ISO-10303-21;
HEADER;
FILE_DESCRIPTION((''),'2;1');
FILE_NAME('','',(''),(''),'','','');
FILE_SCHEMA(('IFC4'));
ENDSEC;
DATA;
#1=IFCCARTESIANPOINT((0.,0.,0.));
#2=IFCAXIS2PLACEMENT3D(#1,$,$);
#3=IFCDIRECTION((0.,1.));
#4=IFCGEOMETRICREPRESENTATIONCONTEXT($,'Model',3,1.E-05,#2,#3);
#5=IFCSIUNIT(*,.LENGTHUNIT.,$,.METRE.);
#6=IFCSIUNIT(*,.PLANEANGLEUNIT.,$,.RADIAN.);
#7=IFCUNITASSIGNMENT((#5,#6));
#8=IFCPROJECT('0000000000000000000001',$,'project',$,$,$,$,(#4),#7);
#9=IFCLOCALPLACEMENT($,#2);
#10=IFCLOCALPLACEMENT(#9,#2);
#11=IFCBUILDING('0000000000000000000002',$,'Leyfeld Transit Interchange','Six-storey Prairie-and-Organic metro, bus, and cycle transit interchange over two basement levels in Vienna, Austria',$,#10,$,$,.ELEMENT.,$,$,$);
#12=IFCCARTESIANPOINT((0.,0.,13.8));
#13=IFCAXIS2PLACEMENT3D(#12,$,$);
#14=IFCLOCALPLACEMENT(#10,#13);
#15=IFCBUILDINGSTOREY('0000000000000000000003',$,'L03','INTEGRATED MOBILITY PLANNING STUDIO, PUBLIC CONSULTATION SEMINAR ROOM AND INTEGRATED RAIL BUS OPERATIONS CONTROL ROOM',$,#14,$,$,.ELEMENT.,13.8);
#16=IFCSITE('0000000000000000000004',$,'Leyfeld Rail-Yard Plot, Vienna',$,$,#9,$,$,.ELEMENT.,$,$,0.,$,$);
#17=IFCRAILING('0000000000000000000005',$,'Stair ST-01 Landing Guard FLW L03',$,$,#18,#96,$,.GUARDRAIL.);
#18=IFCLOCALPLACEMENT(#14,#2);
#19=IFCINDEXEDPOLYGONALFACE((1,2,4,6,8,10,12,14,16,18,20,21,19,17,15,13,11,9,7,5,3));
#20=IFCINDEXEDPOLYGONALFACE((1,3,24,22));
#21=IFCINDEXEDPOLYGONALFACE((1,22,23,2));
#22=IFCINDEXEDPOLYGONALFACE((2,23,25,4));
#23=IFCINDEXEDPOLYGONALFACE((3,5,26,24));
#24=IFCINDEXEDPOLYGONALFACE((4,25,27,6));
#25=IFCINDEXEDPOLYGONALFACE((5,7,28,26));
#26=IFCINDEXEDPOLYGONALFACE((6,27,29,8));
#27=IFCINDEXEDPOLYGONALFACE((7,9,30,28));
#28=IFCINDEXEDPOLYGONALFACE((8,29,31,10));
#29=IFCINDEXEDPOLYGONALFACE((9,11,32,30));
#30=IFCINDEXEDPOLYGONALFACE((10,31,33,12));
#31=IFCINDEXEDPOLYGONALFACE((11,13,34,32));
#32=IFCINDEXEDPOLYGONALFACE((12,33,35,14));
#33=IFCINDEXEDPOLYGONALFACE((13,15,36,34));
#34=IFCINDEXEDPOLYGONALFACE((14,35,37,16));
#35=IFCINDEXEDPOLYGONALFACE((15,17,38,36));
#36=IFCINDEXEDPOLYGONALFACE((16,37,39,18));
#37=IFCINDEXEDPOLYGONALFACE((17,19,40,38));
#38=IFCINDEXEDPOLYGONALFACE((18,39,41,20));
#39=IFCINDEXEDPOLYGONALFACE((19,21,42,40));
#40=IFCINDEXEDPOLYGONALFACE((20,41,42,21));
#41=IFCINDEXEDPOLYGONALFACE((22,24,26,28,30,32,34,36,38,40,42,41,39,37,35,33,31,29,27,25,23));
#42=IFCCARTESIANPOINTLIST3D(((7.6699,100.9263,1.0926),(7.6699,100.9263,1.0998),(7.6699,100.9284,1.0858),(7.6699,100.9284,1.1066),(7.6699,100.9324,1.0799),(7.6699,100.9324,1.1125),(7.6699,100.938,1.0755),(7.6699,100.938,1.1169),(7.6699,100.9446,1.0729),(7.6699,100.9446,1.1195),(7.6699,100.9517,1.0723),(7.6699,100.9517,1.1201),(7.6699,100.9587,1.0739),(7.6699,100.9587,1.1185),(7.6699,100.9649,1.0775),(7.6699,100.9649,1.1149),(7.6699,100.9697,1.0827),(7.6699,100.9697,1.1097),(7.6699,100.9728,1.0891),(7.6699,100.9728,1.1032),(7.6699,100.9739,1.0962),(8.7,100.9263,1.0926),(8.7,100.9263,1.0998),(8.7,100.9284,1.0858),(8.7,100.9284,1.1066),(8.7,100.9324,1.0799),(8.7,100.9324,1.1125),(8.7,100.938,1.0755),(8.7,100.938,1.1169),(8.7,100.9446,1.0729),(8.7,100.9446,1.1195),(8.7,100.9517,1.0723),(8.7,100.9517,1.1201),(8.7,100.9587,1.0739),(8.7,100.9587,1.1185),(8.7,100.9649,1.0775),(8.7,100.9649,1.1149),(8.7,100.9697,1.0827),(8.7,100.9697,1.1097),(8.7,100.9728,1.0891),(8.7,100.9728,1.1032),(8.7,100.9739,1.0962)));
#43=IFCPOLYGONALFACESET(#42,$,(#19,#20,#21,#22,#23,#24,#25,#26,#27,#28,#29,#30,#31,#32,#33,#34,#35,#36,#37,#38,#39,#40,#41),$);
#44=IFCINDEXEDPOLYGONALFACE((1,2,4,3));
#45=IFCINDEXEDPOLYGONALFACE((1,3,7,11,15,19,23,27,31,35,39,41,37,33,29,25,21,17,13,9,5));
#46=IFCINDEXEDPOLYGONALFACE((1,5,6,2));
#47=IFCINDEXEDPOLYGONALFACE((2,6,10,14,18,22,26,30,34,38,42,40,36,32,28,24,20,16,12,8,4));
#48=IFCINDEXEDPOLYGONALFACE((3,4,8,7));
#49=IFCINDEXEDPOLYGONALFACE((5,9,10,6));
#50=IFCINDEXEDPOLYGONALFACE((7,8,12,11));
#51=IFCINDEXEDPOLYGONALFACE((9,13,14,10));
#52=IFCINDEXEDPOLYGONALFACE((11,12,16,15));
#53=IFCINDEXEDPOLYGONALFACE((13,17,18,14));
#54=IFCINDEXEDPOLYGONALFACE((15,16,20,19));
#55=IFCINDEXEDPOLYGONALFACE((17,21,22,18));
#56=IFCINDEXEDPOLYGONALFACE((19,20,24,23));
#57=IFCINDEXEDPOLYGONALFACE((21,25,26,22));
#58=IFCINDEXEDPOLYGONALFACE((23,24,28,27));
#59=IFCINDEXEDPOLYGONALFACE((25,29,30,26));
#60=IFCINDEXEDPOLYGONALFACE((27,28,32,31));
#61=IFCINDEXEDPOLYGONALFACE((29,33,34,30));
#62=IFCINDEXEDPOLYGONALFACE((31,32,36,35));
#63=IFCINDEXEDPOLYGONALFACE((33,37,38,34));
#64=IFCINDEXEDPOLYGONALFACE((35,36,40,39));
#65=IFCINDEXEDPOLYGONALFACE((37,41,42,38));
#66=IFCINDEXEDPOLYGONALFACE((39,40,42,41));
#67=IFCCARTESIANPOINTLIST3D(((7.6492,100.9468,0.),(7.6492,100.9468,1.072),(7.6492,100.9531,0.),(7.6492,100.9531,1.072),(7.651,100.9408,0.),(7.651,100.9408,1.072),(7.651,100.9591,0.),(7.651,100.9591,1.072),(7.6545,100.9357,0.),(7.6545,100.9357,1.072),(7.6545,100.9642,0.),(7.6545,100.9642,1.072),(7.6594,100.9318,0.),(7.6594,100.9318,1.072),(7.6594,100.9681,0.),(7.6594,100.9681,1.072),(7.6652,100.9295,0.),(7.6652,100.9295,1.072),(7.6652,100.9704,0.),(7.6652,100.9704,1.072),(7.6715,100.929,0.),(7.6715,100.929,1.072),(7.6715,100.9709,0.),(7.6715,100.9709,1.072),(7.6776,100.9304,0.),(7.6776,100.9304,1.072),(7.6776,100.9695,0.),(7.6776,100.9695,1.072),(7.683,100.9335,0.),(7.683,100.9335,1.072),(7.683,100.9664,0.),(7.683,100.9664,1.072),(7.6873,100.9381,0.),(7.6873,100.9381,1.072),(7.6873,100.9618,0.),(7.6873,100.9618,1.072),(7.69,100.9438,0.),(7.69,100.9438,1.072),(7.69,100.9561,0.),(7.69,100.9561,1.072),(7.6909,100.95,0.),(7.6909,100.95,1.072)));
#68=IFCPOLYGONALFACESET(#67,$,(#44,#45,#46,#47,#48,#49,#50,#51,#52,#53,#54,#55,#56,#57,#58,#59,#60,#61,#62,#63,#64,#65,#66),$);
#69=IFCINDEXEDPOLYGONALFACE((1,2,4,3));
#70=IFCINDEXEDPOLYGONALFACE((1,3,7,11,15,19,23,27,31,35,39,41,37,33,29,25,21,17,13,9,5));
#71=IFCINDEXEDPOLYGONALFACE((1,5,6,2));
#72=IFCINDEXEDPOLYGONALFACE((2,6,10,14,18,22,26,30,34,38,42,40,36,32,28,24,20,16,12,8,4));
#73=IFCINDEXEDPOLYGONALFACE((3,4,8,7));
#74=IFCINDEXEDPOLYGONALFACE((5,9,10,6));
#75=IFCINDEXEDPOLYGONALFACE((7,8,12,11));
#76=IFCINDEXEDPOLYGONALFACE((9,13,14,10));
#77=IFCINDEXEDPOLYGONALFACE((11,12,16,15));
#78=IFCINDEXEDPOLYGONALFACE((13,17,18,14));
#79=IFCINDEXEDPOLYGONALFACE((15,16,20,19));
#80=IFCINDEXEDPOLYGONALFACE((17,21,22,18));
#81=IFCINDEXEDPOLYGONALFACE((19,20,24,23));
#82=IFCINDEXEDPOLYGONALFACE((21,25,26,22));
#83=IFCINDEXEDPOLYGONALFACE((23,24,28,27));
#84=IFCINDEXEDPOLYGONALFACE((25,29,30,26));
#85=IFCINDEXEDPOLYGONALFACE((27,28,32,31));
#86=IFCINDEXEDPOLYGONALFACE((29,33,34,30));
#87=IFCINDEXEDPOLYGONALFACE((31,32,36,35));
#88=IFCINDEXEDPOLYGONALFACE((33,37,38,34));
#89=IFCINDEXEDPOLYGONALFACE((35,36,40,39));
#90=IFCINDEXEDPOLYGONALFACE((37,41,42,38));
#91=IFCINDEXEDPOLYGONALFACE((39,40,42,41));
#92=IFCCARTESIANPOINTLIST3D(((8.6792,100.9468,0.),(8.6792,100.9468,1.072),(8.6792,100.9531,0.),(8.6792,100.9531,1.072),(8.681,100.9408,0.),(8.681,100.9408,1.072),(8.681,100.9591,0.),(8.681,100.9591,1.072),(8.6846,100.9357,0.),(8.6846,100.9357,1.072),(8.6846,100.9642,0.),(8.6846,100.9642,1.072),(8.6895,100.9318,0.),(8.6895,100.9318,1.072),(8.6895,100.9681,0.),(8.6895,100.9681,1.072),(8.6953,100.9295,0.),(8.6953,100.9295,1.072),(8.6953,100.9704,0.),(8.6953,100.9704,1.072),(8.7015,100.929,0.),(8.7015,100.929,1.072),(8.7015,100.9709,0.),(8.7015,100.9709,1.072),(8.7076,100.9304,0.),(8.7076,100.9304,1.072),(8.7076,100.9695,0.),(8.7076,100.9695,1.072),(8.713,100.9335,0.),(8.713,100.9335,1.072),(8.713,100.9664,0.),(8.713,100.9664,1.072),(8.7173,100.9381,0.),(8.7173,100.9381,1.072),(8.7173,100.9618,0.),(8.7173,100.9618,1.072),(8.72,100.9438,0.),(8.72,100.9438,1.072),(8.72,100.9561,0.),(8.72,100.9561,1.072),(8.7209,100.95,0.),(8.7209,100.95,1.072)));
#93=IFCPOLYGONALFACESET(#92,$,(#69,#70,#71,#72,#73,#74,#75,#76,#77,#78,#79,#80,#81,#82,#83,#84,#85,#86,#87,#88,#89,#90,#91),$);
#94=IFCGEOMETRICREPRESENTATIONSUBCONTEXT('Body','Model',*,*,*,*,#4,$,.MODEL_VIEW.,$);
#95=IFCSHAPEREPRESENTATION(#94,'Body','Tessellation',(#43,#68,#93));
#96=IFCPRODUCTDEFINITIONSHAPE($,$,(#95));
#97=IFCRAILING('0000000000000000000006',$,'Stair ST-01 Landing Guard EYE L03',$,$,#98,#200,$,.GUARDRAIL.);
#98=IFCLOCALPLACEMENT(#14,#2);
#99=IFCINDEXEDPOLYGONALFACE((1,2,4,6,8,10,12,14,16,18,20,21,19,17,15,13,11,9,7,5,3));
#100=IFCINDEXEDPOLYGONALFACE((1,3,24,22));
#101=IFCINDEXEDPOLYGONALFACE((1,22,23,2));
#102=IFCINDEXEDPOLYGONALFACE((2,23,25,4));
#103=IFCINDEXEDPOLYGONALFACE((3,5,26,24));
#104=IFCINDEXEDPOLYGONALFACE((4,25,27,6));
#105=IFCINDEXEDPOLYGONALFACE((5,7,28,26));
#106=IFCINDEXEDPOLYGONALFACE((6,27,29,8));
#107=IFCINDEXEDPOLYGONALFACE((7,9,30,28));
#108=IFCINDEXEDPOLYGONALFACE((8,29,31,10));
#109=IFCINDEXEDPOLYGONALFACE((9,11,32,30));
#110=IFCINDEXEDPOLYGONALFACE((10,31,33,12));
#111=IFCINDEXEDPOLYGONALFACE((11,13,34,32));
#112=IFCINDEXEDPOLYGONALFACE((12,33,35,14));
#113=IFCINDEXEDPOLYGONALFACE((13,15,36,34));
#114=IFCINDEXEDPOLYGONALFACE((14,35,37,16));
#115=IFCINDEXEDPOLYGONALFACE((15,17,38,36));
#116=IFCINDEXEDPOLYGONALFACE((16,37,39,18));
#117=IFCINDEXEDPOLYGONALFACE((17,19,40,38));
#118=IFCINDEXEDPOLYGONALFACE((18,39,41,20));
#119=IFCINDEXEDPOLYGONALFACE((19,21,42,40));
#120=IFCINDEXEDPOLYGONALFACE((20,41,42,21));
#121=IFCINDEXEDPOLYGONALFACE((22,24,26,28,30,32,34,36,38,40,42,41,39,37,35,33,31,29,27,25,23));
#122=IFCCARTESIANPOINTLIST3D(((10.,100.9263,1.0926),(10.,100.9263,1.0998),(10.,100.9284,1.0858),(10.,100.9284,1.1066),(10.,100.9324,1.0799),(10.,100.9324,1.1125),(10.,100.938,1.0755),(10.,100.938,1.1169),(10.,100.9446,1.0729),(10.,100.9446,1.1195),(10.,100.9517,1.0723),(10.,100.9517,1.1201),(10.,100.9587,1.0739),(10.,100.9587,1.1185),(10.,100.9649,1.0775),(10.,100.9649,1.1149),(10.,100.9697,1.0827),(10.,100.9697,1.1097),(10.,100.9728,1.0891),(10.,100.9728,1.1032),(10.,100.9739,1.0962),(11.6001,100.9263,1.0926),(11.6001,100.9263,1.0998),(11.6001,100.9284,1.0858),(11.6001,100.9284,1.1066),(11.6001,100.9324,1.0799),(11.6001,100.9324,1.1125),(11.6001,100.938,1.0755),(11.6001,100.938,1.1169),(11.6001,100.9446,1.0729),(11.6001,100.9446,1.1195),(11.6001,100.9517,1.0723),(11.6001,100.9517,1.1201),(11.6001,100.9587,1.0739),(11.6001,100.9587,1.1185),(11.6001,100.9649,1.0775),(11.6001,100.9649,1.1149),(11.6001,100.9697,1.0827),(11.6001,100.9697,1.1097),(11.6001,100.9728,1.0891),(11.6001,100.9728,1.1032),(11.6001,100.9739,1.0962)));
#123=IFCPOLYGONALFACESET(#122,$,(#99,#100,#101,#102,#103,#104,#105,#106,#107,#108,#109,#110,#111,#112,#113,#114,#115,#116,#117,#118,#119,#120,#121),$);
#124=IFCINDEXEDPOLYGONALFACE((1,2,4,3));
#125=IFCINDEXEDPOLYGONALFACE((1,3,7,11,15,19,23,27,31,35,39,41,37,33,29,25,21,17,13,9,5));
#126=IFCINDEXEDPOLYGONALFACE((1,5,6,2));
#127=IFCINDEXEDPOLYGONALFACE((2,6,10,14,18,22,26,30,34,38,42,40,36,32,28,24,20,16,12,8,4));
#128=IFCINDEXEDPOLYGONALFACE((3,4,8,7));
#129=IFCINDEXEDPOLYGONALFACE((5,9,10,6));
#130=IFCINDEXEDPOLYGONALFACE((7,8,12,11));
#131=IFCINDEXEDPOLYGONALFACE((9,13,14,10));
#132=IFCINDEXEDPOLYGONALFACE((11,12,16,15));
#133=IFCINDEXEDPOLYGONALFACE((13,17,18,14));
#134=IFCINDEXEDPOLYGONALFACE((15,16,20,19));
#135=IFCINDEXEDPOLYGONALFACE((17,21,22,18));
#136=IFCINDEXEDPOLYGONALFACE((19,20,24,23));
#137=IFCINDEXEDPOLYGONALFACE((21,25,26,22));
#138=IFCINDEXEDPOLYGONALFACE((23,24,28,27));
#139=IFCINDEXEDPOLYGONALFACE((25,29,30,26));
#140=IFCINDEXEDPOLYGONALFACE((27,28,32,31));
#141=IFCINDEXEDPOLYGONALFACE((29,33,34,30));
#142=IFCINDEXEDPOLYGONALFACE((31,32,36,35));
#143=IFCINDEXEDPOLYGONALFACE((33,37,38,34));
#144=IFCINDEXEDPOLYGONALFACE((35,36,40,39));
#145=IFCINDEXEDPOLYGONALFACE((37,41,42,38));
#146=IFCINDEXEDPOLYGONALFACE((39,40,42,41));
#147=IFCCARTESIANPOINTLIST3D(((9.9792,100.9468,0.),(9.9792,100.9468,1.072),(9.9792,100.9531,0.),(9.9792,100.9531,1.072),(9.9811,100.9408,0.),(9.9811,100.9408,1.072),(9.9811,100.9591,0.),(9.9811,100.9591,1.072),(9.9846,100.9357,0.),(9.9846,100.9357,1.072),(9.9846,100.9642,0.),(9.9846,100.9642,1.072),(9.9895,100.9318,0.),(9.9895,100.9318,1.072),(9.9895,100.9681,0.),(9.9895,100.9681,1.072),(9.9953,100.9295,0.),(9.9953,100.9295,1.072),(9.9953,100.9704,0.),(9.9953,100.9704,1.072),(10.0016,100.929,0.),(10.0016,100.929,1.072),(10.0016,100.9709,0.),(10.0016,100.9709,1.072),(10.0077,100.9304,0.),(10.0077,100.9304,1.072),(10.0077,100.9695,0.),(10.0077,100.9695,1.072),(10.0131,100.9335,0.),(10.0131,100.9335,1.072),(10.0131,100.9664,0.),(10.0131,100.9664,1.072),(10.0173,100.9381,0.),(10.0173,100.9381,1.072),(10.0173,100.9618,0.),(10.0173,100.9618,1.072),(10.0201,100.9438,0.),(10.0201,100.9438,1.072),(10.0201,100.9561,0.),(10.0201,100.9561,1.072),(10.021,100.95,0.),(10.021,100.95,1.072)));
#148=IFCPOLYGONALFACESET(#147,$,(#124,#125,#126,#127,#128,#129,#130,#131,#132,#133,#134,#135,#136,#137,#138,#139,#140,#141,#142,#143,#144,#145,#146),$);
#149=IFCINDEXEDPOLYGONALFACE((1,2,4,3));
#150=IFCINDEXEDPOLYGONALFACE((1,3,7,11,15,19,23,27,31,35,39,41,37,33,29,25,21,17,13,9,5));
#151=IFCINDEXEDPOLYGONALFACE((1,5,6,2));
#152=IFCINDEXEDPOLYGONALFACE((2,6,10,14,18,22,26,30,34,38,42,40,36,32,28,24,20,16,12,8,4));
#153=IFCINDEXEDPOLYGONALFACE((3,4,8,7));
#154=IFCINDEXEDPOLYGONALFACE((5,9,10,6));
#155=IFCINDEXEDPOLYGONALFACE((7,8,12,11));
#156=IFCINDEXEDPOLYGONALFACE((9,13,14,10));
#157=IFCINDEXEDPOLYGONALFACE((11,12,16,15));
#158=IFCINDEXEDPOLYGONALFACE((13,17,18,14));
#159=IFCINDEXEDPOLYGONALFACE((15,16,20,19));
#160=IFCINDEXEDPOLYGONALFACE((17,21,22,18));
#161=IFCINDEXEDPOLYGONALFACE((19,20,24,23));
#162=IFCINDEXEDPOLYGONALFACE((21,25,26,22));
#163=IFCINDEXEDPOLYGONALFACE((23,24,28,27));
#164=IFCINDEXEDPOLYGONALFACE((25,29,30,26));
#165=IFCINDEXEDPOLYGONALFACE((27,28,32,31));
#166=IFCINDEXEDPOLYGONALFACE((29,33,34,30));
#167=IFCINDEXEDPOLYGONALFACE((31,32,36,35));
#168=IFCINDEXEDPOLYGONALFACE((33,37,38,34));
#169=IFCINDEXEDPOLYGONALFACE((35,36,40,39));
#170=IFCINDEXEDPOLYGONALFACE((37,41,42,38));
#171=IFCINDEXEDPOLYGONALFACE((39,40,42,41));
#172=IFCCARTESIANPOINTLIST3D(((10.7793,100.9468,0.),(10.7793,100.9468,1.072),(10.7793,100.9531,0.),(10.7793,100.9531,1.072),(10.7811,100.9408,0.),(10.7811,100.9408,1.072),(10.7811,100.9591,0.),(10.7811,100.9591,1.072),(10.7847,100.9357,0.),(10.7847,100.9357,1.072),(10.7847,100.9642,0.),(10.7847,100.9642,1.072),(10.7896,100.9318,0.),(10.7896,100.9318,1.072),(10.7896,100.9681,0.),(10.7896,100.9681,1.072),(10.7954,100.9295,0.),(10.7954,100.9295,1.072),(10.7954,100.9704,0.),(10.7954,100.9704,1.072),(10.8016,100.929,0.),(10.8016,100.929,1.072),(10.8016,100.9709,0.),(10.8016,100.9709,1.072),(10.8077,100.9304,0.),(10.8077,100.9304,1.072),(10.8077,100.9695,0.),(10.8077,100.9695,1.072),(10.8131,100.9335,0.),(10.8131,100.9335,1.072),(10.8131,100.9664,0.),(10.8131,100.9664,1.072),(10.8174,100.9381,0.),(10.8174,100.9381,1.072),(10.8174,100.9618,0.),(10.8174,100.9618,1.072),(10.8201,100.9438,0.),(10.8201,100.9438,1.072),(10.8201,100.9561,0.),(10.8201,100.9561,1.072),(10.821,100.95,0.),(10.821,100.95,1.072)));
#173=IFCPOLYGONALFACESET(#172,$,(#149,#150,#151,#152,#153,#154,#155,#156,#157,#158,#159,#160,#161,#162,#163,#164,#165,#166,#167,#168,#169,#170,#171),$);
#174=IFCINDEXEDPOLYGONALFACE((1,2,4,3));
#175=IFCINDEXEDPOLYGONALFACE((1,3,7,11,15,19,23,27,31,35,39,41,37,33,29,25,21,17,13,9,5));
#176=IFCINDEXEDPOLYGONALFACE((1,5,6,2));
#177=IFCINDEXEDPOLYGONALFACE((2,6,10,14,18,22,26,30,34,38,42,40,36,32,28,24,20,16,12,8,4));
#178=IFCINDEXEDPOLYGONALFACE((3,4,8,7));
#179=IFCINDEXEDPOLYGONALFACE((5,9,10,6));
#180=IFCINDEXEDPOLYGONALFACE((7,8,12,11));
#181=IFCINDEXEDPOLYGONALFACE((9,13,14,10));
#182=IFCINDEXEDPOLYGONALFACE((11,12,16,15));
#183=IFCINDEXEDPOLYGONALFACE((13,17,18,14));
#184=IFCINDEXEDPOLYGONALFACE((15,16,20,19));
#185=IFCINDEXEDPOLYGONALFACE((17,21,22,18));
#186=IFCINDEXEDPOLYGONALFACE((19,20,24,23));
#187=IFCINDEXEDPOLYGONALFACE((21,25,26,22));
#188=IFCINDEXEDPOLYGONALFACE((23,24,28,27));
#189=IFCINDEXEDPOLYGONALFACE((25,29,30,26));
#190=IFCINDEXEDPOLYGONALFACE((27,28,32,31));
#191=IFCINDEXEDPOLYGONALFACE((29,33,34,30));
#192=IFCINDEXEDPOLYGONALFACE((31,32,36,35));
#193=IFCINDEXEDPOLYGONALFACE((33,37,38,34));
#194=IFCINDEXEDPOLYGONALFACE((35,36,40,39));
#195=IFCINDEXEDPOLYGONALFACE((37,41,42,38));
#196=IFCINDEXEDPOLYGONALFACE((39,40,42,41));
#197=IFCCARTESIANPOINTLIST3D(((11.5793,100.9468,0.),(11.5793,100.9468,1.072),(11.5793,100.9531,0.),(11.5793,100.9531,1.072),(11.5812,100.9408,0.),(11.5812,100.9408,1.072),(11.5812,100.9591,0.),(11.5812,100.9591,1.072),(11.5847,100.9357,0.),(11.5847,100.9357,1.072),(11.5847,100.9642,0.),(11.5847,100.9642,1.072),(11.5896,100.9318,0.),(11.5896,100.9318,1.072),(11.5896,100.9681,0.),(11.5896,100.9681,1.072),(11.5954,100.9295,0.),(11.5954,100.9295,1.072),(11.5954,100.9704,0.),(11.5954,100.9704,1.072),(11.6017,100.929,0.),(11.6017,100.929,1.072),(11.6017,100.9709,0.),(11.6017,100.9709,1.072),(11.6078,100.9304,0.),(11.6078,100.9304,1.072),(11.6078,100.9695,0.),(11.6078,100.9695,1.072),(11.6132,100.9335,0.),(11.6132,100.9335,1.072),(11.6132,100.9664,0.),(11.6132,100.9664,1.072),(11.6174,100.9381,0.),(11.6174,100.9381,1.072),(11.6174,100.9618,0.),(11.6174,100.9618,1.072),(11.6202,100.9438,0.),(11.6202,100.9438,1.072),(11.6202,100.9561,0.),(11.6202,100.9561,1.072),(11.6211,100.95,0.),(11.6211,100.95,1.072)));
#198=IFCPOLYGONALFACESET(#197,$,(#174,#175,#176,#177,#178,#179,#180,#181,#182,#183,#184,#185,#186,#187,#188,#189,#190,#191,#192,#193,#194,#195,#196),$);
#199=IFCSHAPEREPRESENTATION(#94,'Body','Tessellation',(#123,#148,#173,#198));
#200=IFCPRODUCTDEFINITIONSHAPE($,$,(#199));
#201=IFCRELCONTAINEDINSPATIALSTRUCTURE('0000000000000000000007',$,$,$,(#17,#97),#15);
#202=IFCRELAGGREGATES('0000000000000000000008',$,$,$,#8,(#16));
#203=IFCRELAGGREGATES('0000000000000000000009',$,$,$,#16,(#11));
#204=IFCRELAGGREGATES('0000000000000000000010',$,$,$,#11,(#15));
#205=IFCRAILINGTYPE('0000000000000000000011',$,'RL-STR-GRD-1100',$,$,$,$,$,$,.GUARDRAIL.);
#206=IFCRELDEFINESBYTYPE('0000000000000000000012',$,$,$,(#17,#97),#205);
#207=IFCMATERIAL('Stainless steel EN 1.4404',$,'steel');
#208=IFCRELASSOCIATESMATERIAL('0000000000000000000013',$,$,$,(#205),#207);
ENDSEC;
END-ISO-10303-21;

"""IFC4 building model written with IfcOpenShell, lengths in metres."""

from ifc_helpers import new_model, si_unit, direction, frame, origin, origin_2d, place, context, subcontext, project, spatial, circle, extrude, material, type_object, element, save


model = new_model("IFC4")

# Units and contexts
model_context = context("Model", 3, precision=1e-05, world=origin(), true_north=direction((0.0, 1.0)))
body_context = subcontext(model_context, "Body", "Model", "MODEL_VIEW")
ifc_project = project(units=[si_unit("LENGTHUNIT", "METRE"), si_unit("PLANEANGLEUNIT", "RADIAN")], contexts=[model_context])

# Site, building, storey
site_placement = place(None, origin())
site = spatial("IfcSite", under=ifc_project, at=site_placement, Name="Leyfeld Rail-Yard Plot, Vienna", CompositionType="ELEMENT", RefElevation=0.0)
building_placement = place(site_placement, origin())
building = spatial("IfcBuilding", under=site, at=building_placement, Name="Leyfeld Transit Interchange", Description="Six-storey Prairie-and-Organic metro, bus, and cycle transit interchange over two basement levels in Vienna, Austria", CompositionType="ELEMENT")
storey_placement = place(building_placement, frame((0.0, 0.0, 13.8)))
storey = spatial("IfcBuildingStorey", under=building, at=storey_placement, Name="L03", Description="INTEGRATED MOBILITY PLANNING STUDIO, PUBLIC CONSULTATION SEMINAR ROOM AND INTEGRATED RAIL BUS OPERATIONS CONTROL ROOM", CompositionType="ELEMENT", Elevation=13.8)

# Shared definitions
ifc_material_1 = material(Name="Stainless steel EN 1.4404", Category="steel")

# Railings
railing_type_1 = type_object("IfcRailingType", Name="RL-STR-GRD-1100", PredefinedType="GUARDRAIL", material=ifc_material_1)
railing_1_placement = place(storey_placement, frame((7.6699, 100.95, 0.0)))
element("IfcRailing", 1, at=railing_1_placement, inside=storey, type_object=railing_type_1, Name="Stair ST-01 Landing Guard FLW L03", PredefinedType="GUARDRAIL", context=body_context, shape_type="SweptSolid", body=[
    extrude(circle(Radius=0.0239, at=origin_2d()), frame((0.0, 0.0, 1.0962), z_axis=(1.0, 0.0, 0.0), x_axis=(0.0, 1.0, 0.0)), (0.0, 0.0, 1.0), 1.03),
    extrude(circle(Radius=0.021, at=origin_2d()), origin(), (0.0, 0.0, 1.0), 1.072),
    extrude(circle(Radius=0.021, at=origin_2d()), frame((1.03, 0.0, 0.0)), (0.0, 0.0, 1.0), 1.072),
])
railing_2_placement = place(storey_placement, frame((10.0, 100.95, 0.0)))
element("IfcRailing", 2, at=railing_2_placement, inside=storey, type_object=railing_type_1, Name="Stair ST-01 Landing Guard EYE L03", PredefinedType="GUARDRAIL", context=body_context, shape_type="SweptSolid", body=[
    extrude(circle(Radius=0.0239, at=origin_2d()), frame((0.0, 0.0, 1.0962), z_axis=(1.0, 0.0, 0.0), x_axis=(0.0, 1.0, 0.0)), (0.0, 0.0, 1.0), 1.6001),
    extrude(circle(Radius=0.021, at=origin_2d()), origin(), (0.0, 0.0, 1.0), 1.072),
    extrude(circle(Radius=0.021, at=origin_2d()), frame((0.8, 0.0, 0.0)), (0.0, 0.0, 1.0), 1.072),
    extrude(circle(Radius=0.021, at=origin_2d()), frame((1.6001, 0.0, 0.0)), (0.0, 0.0, 1.0), 1.072),
])

save(model, "model.ifc")
